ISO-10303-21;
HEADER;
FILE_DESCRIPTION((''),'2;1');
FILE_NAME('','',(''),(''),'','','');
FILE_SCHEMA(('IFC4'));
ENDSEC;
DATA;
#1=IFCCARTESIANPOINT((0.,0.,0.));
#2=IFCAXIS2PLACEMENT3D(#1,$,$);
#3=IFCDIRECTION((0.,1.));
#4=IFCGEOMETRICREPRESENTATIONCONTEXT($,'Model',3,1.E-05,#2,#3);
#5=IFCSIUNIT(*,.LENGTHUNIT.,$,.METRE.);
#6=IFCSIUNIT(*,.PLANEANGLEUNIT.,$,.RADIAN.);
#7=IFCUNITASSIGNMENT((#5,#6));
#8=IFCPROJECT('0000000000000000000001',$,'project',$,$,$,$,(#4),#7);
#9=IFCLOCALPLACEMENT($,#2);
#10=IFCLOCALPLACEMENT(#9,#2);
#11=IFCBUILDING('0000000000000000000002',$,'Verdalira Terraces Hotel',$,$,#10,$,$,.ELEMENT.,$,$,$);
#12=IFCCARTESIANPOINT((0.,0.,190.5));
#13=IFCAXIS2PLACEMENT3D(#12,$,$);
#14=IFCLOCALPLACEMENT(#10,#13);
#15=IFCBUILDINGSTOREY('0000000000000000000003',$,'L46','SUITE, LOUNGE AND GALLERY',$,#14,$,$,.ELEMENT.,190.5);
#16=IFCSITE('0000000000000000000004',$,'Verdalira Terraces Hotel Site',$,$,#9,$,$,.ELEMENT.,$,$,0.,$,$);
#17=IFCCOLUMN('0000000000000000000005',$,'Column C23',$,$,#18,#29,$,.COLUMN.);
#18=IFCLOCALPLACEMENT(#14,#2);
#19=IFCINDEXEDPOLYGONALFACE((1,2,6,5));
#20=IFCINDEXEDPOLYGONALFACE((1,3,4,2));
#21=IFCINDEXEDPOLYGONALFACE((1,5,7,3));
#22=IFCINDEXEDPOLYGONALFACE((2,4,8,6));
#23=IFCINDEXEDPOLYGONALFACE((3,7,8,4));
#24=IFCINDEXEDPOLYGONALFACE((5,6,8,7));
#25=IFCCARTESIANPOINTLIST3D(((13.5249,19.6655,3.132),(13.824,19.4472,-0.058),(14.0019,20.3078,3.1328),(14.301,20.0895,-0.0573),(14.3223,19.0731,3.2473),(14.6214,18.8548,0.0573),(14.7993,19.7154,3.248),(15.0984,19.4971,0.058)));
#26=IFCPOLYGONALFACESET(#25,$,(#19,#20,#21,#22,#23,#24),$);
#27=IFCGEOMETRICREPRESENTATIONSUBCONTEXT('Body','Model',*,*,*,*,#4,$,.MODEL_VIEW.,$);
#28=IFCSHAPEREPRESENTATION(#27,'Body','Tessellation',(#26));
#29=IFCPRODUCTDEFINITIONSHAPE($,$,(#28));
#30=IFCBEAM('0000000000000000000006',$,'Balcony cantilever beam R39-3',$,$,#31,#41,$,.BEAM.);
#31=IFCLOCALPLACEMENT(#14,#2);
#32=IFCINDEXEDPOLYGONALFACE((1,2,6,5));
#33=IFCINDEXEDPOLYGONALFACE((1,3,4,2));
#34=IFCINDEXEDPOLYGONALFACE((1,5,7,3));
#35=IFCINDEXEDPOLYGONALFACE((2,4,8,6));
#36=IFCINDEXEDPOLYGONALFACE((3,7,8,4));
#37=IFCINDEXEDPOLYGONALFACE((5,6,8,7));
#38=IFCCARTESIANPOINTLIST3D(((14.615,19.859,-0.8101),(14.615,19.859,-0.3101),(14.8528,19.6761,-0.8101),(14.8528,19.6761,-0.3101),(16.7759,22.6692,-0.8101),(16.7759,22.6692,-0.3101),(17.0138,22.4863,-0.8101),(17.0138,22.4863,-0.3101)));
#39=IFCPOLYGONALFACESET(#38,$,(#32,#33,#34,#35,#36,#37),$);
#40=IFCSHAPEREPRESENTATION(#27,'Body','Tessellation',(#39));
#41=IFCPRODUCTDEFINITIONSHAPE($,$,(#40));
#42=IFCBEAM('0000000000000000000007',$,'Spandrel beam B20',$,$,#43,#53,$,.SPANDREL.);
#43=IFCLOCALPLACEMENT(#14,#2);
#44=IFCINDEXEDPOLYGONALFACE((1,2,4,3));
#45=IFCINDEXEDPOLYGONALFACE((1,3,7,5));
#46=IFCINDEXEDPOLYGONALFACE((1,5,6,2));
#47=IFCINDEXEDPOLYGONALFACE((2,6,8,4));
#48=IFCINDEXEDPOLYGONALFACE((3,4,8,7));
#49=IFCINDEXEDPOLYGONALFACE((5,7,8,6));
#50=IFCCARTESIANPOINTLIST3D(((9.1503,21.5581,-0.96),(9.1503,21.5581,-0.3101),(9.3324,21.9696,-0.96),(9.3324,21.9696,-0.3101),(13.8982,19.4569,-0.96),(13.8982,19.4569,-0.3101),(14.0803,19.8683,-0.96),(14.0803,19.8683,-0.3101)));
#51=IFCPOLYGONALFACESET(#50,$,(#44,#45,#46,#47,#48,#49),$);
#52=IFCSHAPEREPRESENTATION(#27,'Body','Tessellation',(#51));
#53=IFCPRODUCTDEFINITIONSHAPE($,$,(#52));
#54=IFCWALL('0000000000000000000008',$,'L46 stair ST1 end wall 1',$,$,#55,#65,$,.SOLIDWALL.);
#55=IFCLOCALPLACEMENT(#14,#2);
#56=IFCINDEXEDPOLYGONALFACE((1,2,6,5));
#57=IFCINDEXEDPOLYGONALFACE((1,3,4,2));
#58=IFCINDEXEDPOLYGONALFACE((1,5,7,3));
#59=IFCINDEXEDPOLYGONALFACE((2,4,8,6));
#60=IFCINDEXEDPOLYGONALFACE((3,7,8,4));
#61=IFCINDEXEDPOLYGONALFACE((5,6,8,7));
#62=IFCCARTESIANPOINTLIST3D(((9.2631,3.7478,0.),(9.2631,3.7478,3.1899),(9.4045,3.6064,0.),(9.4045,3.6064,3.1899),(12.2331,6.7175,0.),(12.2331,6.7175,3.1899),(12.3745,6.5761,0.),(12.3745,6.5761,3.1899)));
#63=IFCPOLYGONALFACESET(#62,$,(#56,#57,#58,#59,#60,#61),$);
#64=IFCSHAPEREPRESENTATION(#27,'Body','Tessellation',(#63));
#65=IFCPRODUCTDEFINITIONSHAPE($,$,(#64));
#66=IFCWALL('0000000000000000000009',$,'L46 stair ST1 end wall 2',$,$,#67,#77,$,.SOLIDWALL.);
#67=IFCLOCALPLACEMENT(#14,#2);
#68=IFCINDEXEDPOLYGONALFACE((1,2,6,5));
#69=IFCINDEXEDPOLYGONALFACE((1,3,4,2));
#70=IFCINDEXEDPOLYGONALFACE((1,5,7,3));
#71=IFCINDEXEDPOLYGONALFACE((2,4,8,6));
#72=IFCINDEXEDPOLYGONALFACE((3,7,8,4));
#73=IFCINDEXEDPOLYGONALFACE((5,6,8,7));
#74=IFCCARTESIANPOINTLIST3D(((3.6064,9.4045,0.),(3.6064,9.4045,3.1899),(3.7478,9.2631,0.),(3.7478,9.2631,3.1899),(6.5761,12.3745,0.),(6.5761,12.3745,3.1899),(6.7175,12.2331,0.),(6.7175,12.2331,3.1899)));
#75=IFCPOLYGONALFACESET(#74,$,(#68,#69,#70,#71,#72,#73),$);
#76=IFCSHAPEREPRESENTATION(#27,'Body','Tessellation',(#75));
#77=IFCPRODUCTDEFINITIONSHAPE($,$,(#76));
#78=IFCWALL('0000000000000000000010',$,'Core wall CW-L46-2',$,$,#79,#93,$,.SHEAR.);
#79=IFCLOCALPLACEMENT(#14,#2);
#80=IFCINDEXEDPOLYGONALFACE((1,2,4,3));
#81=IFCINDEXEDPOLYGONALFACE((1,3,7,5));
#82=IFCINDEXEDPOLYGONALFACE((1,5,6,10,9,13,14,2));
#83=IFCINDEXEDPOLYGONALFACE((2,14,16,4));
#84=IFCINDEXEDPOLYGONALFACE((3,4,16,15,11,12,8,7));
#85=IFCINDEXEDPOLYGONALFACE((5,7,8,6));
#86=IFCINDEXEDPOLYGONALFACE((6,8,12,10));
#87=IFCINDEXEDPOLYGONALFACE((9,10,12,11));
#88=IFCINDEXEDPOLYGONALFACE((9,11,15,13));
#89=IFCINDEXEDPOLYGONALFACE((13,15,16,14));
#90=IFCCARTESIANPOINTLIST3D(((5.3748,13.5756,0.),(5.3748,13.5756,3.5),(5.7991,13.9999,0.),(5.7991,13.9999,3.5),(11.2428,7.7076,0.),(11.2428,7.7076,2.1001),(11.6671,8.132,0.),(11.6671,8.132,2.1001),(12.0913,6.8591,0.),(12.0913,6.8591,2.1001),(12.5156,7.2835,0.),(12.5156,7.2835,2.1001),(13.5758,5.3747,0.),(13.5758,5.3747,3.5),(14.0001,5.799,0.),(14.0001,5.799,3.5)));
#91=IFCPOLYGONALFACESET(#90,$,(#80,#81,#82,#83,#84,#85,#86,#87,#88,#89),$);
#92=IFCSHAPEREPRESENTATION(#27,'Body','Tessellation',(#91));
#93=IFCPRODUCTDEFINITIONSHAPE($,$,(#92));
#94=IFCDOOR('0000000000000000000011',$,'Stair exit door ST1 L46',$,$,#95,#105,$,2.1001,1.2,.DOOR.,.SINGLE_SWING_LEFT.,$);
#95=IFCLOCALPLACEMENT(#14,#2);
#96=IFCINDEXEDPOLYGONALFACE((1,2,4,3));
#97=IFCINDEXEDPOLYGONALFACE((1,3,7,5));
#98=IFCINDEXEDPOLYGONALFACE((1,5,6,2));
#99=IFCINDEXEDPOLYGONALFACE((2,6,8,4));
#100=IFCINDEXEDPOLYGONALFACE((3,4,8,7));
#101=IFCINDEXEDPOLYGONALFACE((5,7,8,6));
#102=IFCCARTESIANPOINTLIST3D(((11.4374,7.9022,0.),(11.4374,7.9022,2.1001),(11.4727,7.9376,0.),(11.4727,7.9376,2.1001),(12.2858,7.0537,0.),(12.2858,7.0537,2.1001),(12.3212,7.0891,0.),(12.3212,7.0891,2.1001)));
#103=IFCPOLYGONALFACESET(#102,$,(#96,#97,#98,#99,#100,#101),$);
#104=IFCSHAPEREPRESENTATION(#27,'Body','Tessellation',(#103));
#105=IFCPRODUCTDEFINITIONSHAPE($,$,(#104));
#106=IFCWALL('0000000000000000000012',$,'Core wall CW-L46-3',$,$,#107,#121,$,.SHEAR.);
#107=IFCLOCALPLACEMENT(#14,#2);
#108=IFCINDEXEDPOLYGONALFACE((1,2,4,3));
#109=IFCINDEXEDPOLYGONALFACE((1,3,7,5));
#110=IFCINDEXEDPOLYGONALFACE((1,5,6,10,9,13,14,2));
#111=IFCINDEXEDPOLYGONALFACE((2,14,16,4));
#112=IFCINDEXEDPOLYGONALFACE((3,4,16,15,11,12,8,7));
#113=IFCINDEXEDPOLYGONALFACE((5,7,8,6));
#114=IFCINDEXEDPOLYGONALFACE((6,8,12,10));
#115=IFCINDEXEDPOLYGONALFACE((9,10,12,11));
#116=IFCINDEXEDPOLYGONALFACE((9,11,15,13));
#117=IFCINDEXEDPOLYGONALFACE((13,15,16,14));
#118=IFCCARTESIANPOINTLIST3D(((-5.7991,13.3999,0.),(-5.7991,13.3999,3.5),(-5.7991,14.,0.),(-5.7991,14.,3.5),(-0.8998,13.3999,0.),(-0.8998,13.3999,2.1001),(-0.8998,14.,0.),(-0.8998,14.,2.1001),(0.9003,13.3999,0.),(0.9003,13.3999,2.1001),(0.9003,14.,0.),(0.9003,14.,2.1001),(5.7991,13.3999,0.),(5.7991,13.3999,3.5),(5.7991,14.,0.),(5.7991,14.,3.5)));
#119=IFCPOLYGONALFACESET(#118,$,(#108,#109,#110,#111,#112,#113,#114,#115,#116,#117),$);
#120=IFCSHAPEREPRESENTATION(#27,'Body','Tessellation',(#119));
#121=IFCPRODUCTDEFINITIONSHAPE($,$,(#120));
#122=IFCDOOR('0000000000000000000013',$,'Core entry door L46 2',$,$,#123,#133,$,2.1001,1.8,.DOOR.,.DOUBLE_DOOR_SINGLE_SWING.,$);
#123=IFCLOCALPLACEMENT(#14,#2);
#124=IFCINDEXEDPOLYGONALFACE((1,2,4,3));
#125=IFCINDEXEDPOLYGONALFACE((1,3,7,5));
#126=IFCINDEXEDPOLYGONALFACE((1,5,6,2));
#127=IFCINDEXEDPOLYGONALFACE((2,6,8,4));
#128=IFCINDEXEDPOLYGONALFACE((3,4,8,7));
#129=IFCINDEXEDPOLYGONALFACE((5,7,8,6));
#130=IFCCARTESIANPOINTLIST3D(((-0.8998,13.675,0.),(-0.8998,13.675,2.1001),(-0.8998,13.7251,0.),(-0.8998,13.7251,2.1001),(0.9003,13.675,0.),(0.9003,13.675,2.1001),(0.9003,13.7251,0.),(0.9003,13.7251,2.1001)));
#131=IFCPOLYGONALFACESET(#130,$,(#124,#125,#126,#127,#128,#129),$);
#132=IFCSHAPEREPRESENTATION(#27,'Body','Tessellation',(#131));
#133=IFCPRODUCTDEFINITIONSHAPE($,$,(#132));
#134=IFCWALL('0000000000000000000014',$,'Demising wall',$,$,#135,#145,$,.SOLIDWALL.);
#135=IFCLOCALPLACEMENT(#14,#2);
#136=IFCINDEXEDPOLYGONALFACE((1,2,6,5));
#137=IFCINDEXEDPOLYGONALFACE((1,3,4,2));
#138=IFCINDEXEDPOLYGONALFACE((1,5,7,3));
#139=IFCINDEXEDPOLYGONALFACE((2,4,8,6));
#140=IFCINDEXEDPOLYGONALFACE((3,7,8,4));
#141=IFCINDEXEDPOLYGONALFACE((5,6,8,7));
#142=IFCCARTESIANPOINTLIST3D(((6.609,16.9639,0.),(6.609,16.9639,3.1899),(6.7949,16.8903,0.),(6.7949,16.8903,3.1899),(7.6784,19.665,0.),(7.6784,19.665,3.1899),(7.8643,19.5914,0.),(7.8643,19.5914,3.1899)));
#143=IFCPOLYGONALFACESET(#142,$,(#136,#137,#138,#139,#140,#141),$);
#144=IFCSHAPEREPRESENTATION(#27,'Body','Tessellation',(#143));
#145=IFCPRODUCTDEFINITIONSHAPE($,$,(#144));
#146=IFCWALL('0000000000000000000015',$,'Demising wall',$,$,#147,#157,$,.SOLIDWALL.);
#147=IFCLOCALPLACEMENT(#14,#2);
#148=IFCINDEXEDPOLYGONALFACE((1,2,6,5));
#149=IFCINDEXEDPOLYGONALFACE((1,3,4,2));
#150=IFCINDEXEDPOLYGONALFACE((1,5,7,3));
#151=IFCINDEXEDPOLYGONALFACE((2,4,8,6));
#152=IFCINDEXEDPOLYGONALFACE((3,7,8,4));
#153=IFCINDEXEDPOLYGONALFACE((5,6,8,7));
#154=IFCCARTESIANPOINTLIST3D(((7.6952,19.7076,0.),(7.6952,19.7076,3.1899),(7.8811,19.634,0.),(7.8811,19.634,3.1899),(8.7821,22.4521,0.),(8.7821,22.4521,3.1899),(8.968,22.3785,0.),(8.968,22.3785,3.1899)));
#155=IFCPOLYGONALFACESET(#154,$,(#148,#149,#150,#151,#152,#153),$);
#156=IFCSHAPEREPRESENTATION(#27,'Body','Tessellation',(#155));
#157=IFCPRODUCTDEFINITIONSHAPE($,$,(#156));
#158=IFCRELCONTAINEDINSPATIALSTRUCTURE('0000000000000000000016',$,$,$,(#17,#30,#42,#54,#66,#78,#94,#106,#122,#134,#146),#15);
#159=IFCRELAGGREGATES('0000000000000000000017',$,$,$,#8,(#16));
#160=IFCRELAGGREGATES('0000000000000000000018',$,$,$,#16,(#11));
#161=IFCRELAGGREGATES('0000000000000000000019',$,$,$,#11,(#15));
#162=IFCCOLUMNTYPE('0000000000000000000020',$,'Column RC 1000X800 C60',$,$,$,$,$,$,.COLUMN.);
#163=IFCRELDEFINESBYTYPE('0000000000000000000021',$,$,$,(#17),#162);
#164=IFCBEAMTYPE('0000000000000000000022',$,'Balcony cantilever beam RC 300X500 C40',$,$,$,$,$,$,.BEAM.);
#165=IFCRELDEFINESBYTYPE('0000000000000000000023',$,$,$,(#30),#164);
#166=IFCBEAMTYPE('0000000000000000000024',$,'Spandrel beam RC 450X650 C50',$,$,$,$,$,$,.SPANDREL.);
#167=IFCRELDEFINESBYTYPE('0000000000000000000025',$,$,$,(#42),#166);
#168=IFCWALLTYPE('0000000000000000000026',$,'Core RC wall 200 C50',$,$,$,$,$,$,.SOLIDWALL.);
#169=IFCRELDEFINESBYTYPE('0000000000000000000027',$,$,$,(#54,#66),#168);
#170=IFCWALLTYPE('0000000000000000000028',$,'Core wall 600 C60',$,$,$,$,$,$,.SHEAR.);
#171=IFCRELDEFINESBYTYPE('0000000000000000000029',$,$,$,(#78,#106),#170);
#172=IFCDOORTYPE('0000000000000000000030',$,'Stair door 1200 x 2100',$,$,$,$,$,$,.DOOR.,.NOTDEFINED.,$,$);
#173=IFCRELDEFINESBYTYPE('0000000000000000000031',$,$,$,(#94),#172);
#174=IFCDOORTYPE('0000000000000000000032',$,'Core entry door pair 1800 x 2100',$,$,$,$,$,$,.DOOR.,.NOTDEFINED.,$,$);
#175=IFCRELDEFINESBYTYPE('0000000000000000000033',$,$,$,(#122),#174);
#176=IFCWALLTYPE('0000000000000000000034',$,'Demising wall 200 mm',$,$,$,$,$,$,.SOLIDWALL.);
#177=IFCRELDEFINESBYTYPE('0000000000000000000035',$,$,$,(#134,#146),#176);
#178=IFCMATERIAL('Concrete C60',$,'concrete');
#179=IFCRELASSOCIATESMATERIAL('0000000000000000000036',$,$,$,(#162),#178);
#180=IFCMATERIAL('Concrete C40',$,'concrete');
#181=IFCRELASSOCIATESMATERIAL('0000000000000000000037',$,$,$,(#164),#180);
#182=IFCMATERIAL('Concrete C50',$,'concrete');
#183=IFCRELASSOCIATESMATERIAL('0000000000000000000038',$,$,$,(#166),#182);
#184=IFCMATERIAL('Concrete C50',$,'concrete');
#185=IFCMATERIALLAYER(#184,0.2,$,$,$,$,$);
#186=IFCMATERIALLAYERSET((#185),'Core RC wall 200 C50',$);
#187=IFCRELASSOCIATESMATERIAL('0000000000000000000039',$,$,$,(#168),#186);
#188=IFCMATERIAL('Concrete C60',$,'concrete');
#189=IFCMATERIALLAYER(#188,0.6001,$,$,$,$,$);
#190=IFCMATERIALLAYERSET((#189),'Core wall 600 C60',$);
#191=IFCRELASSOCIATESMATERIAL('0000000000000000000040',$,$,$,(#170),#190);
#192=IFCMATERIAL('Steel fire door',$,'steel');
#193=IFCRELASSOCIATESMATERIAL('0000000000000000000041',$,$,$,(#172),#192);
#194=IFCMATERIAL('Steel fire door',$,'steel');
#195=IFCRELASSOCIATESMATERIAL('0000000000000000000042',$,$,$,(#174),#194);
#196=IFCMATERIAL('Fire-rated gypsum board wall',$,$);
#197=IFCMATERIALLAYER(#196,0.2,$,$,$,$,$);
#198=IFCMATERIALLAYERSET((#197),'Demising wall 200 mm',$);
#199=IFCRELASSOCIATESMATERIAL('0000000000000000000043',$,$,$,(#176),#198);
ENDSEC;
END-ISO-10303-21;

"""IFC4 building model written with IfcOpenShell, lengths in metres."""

from ifc_helpers import new_model, si_unit, direction, frame, frame_2d, origin, origin_2d, place, context, subcontext, project, spatial, rectangle, extrude, material, layer, layer_set, material_profile, profile_set, type_object, element, fill, save


model = new_model("IFC4")

# Units and contexts
model_context = context("Model", 3, precision=1e-05, world=origin(), true_north=direction((0.0, 1.0)))
body_context = subcontext(model_context, "Body", "Model", "MODEL_VIEW")
ifc_project = project(units=[si_unit("LENGTHUNIT", "METRE"), si_unit("PLANEANGLEUNIT", "RADIAN")], contexts=[model_context])

# Site, building, storey
site_placement = place(None, origin())
site = spatial("IfcSite", under=ifc_project, at=site_placement, Name="Verdalira Terraces Hotel Site", CompositionType="ELEMENT", RefElevation=0.0)
building_placement = place(site_placement, origin())
building = spatial("IfcBuilding", under=site, at=building_placement, Name="Verdalira Terraces Hotel", CompositionType="ELEMENT")
storey_placement = place(building_placement, frame((0.0, 0.0, 190.5)))
storey = spatial("IfcBuildingStorey", under=building, at=storey_placement, Name="L46", Description="SUITE, LOUNGE AND GALLERY", CompositionType="ELEMENT", Elevation=190.5)

# Column
ifc_material_1 = material(Name="Concrete C60", Category="concrete")
ifc_material_profile_1 = material_profile(ifc_material_1, rectangle(XDim=1.0, YDim=0.8, at=origin_2d()), Name="RC 1000X800")
ifc_profile_set_1 = profile_set([ifc_material_profile_1], Name="Concrete C60")
column_type = type_object("IfcColumnType", Name="Column RC 1000X800 C60", PredefinedType="COLUMN", material=ifc_profile_set_1)
column_placement = place(storey_placement, frame((14.4612, 19.4722, 0.0), z_axis=(-0.09313, 0.067966, 0.993332), x_axis=(0.797379, -0.592364, 0.115289)))
element("IfcColumn", 1, at=column_placement, inside=storey, type_object=column_type, Name="Column C23", PredefinedType="COLUMN", context=body_context, shape_type="SweptSolid", body=[
    extrude(rectangle(XDim=1.0, YDim=0.8, at=origin_2d()), origin(), (0.0, 0.0, 1.0), 3.2114),
])

# Beams
ifc_material_2 = material(Name="Concrete C40", Category="concrete")
ifc_material_profile_2 = material_profile(ifc_material_2, rectangle(XDim=0.3, YDim=0.5, at=origin_2d()), Name="RC 300X500")
ifc_profile_set_2 = profile_set([ifc_material_profile_2], Name="Concrete C40")
beam_type_1 = type_object("IfcBeamType", Name="Balcony cantilever beam RC 300X500 C40", PredefinedType="BEAM", material=ifc_profile_set_2)
beam_1_placement = place(storey_placement, frame((14.7339, 19.7676, -0.5601), z_axis=(0.609588, 0.792719, 0.0), x_axis=(-0.792719, 0.609588, 0.0)))
element("IfcBeam", 2, at=beam_1_placement, inside=storey, type_object=beam_type_1, Name="Balcony cantilever beam R39-3", PredefinedType="BEAM", context=body_context, shape_type="SweptSolid", body=[
    extrude(rectangle(XDim=0.3, YDim=0.5, at=origin_2d()), origin(), (0.0, 0.0, 1.0), 3.5449),
])
ifc_material_3 = material(Name="Concrete C50", Category="concrete")
ifc_material_profile_3 = material_profile(ifc_material_3, rectangle(XDim=0.45, YDim=0.6499, at=origin_2d()), Name="RC 450X650")
ifc_profile_set_3 = profile_set([ifc_material_profile_3], Name="Concrete C50")
beam_type_2 = type_object("IfcBeamType", Name="Spandrel beam RC 450X650 C50", PredefinedType="SPANDREL", material=ifc_profile_set_3)
beam_2_placement = place(storey_placement, frame((13.9893, 19.6626, -0.635), z_axis=(-0.914448, 0.404703, 0.0), x_axis=(-0.404703, -0.914448, 0.0)))
element("IfcBeam", 3, at=beam_2_placement, inside=storey, type_object=beam_type_2, Name="Spandrel beam B20", PredefinedType="SPANDREL", context=body_context, shape_type="SweptSolid", body=[
    extrude(rectangle(XDim=0.45, YDim=0.6499, at=origin_2d()), origin(), (0.0, 0.0, 1.0), 5.1921),
])

# Walls
ifc_material_4 = material(Name="Concrete C50", Category="concrete")
ifc_layer_1 = layer(ifc_material_4, 0.2)
ifc_layer_set_1 = layer_set([ifc_layer_1], Name="Core RC wall 200 C50")
wall_type_1 = type_object("IfcWallType", Name="Core RC wall 200 C50", PredefinedType="SOLIDWALL", material=ifc_layer_set_1)
for number, where, z_axis, x_axis, name in (
    (4, (9.3337, 3.677, 0.0), (0.0, 0.0, 1.0), (0.707136, 0.707078, 0.0), "L46 stair ST1 end wall 1"),
    (5, (3.677, 9.3337, 0.0), (0.0, 0.0, 1.0), (0.707078, 0.707136, 0.0), "L46 stair ST1 end wall 2"),
):
    element("IfcWall", number, at=place(storey_placement, frame(where, z_axis=z_axis, x_axis=x_axis)), inside=storey, type_object=wall_type_1, Name=name, PredefinedType="SOLIDWALL", context=body_context, shape_type="SweptSolid", body=[
        extrude(rectangle(XDim=4.2, YDim=0.2, at=frame_2d((2.1001, 0.0))), origin(), (0.0, 0.0, 1.0), 3.1899),
    ])

# Walls, openings, doors
ifc_material_5 = material(Name="Concrete C60", Category="concrete")
ifc_layer_2 = layer(ifc_material_5, 0.6001)
ifc_layer_set_2 = layer_set([ifc_layer_2], Name="Core wall 600 C60")
wall_type_2 = type_object("IfcWallType", Name="Core wall 600 C60", PredefinedType="SHEAR", material=ifc_layer_set_2)
wall_1_placement = place(storey_placement, frame((13.7878, 5.5869, 0.0), z_axis=(0.0, 0.0, 1.0), x_axis=(-0.707107, 0.707107, 0.0)))
wall_1 = element("IfcWall", 6, at=wall_1_placement, inside=storey, type_object=wall_type_2, Name="Core wall CW-L46-2", PredefinedType="SHEAR", context=body_context, shape_type="SweptSolid", body=[
    extrude(rectangle(XDim=11.5979, YDim=0.6001, at=frame_2d((5.7988, 0.0))), origin(), (0.0, 0.0, 1.0), 3.5),
])
opening_1_placement = place(wall_1_placement, frame((2.0991, 0.0, 0.0)))
opening_1 = element("IfcOpeningElement", 7, at=opening_1_placement, cuts=wall_1, PredefinedType="OPENING", context=body_context, shape_type="SweptSolid", body=[
    extrude(rectangle(XDim=1.2, YDim=2.1001, at=frame_2d((0.6001, 1.05))), frame((0.0, 0.3101, 0.0), z_axis=(0.0, -1.0, 0.0), x_axis=(1.0, 0.0, 0.0)), (0.0, 0.0, 1.0), 0.6201),
])
ifc_material_6 = material(Name="Steel fire door", Category="steel")
door_type_1 = type_object("IfcDoorType", Name="Stair door 1200 x 2100", OperationType="NOTDEFINED", PredefinedType="DOOR", material=ifc_material_6)
door_1_placement = place(opening_1_placement, origin())
door_1 = element("IfcDoor", 8, at=door_1_placement, inside=storey, type_object=door_type_1, Name="Stair exit door ST1 L46", OperationType="SINGLE_SWING_LEFT", OverallHeight=2.1001, OverallWidth=1.2, PredefinedType="DOOR", context=body_context, shape_type="SweptSolid", body=[
    extrude(rectangle(XDim=1.2, YDim=2.1001, at=frame_2d((0.6001, 1.05))), frame((0.0, 0.0249, 0.0), z_axis=(0.0, -1.0, 0.0), x_axis=(1.0, 0.0, 0.0)), (0.0, 0.0, 1.0), 0.05),
])
fill(opening_1, door_1)
wall_2_placement = place(storey_placement, frame((5.7991, 13.7, 0.0), z_axis=(0.0, 0.0, 1.0), x_axis=(-1.0, 0.0, 0.0)))
wall_2 = element("IfcWall", 9, at=wall_2_placement, inside=storey, type_object=wall_type_2, Name="Core wall CW-L46-3", PredefinedType="SHEAR", context=body_context, shape_type="SweptSolid", body=[
    extrude(rectangle(XDim=11.5981, YDim=0.6001, at=frame_2d((5.7991, 0.0))), origin(), (0.0, 0.0, 1.0), 3.5),
])
opening_2_placement = place(wall_2_placement, frame((4.8989, 0.0, 0.0)))
opening_2 = element("IfcOpeningElement", 10, at=opening_2_placement, cuts=wall_2, PredefinedType="OPENING", context=body_context, shape_type="SweptSolid", body=[
    extrude(rectangle(XDim=1.8, YDim=2.1001, at=frame_2d((0.8999, 1.05))), frame((0.0, 0.3101, 0.0), z_axis=(0.0, -1.0, 0.0), x_axis=(1.0, 0.0, 0.0)), (0.0, 0.0, 1.0), 0.6201),
])
ifc_material_7 = material(Name="Steel fire door", Category="steel")
door_type_2 = type_object("IfcDoorType", Name="Core entry door pair 1800 x 2100", OperationType="NOTDEFINED", PredefinedType="DOOR", material=ifc_material_7)
door_2_placement = place(opening_2_placement, origin())
door_2 = element("IfcDoor", 11, at=door_2_placement, inside=storey, type_object=door_type_2, Name="Core entry door L46 2", OperationType="DOUBLE_DOOR_SINGLE_SWING", OverallHeight=2.1001, OverallWidth=1.8, PredefinedType="DOOR", context=body_context, shape_type="SweptSolid", body=[
    extrude(rectangle(XDim=1.8, YDim=2.1001, at=frame_2d((0.8999, 1.05))), frame((0.0, 0.0249, 0.0), z_axis=(0.0, -1.0, 0.0), x_axis=(1.0, 0.0, 0.0)), (0.0, 0.0, 1.0), 0.05),
])
fill(opening_2, door_2)

# Walls
ifc_material_8 = material(Name="Fire-rated gypsum board wall")
ifc_layer_3 = layer(ifc_material_8, 0.2)
ifc_layer_set_3 = layer_set([ifc_layer_3], Name="Demising wall 200 mm")
wall_type_3 = type_object("IfcWallType", Name="Demising wall 200 mm", PredefinedType="SOLIDWALL", material=ifc_layer_set_3)
wall_3_placement = place(storey_placement, frame((6.7019, 16.927, 0.0), z_axis=(0.0, 0.0, 1.0), x_axis=(0.368114, 0.929781, 0.0)))
element("IfcWall", 12, at=wall_3_placement, inside=storey, type_object=wall_type_3, Name="Demising wall", PredefinedType="SOLIDWALL", context=body_context, shape_type="SweptSolid", body=[
    extrude(rectangle(XDim=2.905, YDim=0.2, at=frame_2d((1.4526, 0.0))), origin(), (0.0, 0.0, 1.0), 3.1899),
])
wall_4_placement = place(storey_placement, frame((7.7881, 19.6707, 0.0), z_axis=(0.0, 0.0, 1.0), x_axis=(0.368194, 0.929749, 0.0)))
element("IfcWall", 13, at=wall_4_placement, inside=storey, type_object=wall_type_3, Name="Demising wall", PredefinedType="SOLIDWALL", context=body_context, shape_type="SweptSolid", body=[
    extrude(rectangle(XDim=2.9519, YDim=0.2, at=frame_2d((1.4761, 0.0))), origin(), (0.0, 0.0, 1.0), 3.1899),
])

save(model, "model.ifc")
